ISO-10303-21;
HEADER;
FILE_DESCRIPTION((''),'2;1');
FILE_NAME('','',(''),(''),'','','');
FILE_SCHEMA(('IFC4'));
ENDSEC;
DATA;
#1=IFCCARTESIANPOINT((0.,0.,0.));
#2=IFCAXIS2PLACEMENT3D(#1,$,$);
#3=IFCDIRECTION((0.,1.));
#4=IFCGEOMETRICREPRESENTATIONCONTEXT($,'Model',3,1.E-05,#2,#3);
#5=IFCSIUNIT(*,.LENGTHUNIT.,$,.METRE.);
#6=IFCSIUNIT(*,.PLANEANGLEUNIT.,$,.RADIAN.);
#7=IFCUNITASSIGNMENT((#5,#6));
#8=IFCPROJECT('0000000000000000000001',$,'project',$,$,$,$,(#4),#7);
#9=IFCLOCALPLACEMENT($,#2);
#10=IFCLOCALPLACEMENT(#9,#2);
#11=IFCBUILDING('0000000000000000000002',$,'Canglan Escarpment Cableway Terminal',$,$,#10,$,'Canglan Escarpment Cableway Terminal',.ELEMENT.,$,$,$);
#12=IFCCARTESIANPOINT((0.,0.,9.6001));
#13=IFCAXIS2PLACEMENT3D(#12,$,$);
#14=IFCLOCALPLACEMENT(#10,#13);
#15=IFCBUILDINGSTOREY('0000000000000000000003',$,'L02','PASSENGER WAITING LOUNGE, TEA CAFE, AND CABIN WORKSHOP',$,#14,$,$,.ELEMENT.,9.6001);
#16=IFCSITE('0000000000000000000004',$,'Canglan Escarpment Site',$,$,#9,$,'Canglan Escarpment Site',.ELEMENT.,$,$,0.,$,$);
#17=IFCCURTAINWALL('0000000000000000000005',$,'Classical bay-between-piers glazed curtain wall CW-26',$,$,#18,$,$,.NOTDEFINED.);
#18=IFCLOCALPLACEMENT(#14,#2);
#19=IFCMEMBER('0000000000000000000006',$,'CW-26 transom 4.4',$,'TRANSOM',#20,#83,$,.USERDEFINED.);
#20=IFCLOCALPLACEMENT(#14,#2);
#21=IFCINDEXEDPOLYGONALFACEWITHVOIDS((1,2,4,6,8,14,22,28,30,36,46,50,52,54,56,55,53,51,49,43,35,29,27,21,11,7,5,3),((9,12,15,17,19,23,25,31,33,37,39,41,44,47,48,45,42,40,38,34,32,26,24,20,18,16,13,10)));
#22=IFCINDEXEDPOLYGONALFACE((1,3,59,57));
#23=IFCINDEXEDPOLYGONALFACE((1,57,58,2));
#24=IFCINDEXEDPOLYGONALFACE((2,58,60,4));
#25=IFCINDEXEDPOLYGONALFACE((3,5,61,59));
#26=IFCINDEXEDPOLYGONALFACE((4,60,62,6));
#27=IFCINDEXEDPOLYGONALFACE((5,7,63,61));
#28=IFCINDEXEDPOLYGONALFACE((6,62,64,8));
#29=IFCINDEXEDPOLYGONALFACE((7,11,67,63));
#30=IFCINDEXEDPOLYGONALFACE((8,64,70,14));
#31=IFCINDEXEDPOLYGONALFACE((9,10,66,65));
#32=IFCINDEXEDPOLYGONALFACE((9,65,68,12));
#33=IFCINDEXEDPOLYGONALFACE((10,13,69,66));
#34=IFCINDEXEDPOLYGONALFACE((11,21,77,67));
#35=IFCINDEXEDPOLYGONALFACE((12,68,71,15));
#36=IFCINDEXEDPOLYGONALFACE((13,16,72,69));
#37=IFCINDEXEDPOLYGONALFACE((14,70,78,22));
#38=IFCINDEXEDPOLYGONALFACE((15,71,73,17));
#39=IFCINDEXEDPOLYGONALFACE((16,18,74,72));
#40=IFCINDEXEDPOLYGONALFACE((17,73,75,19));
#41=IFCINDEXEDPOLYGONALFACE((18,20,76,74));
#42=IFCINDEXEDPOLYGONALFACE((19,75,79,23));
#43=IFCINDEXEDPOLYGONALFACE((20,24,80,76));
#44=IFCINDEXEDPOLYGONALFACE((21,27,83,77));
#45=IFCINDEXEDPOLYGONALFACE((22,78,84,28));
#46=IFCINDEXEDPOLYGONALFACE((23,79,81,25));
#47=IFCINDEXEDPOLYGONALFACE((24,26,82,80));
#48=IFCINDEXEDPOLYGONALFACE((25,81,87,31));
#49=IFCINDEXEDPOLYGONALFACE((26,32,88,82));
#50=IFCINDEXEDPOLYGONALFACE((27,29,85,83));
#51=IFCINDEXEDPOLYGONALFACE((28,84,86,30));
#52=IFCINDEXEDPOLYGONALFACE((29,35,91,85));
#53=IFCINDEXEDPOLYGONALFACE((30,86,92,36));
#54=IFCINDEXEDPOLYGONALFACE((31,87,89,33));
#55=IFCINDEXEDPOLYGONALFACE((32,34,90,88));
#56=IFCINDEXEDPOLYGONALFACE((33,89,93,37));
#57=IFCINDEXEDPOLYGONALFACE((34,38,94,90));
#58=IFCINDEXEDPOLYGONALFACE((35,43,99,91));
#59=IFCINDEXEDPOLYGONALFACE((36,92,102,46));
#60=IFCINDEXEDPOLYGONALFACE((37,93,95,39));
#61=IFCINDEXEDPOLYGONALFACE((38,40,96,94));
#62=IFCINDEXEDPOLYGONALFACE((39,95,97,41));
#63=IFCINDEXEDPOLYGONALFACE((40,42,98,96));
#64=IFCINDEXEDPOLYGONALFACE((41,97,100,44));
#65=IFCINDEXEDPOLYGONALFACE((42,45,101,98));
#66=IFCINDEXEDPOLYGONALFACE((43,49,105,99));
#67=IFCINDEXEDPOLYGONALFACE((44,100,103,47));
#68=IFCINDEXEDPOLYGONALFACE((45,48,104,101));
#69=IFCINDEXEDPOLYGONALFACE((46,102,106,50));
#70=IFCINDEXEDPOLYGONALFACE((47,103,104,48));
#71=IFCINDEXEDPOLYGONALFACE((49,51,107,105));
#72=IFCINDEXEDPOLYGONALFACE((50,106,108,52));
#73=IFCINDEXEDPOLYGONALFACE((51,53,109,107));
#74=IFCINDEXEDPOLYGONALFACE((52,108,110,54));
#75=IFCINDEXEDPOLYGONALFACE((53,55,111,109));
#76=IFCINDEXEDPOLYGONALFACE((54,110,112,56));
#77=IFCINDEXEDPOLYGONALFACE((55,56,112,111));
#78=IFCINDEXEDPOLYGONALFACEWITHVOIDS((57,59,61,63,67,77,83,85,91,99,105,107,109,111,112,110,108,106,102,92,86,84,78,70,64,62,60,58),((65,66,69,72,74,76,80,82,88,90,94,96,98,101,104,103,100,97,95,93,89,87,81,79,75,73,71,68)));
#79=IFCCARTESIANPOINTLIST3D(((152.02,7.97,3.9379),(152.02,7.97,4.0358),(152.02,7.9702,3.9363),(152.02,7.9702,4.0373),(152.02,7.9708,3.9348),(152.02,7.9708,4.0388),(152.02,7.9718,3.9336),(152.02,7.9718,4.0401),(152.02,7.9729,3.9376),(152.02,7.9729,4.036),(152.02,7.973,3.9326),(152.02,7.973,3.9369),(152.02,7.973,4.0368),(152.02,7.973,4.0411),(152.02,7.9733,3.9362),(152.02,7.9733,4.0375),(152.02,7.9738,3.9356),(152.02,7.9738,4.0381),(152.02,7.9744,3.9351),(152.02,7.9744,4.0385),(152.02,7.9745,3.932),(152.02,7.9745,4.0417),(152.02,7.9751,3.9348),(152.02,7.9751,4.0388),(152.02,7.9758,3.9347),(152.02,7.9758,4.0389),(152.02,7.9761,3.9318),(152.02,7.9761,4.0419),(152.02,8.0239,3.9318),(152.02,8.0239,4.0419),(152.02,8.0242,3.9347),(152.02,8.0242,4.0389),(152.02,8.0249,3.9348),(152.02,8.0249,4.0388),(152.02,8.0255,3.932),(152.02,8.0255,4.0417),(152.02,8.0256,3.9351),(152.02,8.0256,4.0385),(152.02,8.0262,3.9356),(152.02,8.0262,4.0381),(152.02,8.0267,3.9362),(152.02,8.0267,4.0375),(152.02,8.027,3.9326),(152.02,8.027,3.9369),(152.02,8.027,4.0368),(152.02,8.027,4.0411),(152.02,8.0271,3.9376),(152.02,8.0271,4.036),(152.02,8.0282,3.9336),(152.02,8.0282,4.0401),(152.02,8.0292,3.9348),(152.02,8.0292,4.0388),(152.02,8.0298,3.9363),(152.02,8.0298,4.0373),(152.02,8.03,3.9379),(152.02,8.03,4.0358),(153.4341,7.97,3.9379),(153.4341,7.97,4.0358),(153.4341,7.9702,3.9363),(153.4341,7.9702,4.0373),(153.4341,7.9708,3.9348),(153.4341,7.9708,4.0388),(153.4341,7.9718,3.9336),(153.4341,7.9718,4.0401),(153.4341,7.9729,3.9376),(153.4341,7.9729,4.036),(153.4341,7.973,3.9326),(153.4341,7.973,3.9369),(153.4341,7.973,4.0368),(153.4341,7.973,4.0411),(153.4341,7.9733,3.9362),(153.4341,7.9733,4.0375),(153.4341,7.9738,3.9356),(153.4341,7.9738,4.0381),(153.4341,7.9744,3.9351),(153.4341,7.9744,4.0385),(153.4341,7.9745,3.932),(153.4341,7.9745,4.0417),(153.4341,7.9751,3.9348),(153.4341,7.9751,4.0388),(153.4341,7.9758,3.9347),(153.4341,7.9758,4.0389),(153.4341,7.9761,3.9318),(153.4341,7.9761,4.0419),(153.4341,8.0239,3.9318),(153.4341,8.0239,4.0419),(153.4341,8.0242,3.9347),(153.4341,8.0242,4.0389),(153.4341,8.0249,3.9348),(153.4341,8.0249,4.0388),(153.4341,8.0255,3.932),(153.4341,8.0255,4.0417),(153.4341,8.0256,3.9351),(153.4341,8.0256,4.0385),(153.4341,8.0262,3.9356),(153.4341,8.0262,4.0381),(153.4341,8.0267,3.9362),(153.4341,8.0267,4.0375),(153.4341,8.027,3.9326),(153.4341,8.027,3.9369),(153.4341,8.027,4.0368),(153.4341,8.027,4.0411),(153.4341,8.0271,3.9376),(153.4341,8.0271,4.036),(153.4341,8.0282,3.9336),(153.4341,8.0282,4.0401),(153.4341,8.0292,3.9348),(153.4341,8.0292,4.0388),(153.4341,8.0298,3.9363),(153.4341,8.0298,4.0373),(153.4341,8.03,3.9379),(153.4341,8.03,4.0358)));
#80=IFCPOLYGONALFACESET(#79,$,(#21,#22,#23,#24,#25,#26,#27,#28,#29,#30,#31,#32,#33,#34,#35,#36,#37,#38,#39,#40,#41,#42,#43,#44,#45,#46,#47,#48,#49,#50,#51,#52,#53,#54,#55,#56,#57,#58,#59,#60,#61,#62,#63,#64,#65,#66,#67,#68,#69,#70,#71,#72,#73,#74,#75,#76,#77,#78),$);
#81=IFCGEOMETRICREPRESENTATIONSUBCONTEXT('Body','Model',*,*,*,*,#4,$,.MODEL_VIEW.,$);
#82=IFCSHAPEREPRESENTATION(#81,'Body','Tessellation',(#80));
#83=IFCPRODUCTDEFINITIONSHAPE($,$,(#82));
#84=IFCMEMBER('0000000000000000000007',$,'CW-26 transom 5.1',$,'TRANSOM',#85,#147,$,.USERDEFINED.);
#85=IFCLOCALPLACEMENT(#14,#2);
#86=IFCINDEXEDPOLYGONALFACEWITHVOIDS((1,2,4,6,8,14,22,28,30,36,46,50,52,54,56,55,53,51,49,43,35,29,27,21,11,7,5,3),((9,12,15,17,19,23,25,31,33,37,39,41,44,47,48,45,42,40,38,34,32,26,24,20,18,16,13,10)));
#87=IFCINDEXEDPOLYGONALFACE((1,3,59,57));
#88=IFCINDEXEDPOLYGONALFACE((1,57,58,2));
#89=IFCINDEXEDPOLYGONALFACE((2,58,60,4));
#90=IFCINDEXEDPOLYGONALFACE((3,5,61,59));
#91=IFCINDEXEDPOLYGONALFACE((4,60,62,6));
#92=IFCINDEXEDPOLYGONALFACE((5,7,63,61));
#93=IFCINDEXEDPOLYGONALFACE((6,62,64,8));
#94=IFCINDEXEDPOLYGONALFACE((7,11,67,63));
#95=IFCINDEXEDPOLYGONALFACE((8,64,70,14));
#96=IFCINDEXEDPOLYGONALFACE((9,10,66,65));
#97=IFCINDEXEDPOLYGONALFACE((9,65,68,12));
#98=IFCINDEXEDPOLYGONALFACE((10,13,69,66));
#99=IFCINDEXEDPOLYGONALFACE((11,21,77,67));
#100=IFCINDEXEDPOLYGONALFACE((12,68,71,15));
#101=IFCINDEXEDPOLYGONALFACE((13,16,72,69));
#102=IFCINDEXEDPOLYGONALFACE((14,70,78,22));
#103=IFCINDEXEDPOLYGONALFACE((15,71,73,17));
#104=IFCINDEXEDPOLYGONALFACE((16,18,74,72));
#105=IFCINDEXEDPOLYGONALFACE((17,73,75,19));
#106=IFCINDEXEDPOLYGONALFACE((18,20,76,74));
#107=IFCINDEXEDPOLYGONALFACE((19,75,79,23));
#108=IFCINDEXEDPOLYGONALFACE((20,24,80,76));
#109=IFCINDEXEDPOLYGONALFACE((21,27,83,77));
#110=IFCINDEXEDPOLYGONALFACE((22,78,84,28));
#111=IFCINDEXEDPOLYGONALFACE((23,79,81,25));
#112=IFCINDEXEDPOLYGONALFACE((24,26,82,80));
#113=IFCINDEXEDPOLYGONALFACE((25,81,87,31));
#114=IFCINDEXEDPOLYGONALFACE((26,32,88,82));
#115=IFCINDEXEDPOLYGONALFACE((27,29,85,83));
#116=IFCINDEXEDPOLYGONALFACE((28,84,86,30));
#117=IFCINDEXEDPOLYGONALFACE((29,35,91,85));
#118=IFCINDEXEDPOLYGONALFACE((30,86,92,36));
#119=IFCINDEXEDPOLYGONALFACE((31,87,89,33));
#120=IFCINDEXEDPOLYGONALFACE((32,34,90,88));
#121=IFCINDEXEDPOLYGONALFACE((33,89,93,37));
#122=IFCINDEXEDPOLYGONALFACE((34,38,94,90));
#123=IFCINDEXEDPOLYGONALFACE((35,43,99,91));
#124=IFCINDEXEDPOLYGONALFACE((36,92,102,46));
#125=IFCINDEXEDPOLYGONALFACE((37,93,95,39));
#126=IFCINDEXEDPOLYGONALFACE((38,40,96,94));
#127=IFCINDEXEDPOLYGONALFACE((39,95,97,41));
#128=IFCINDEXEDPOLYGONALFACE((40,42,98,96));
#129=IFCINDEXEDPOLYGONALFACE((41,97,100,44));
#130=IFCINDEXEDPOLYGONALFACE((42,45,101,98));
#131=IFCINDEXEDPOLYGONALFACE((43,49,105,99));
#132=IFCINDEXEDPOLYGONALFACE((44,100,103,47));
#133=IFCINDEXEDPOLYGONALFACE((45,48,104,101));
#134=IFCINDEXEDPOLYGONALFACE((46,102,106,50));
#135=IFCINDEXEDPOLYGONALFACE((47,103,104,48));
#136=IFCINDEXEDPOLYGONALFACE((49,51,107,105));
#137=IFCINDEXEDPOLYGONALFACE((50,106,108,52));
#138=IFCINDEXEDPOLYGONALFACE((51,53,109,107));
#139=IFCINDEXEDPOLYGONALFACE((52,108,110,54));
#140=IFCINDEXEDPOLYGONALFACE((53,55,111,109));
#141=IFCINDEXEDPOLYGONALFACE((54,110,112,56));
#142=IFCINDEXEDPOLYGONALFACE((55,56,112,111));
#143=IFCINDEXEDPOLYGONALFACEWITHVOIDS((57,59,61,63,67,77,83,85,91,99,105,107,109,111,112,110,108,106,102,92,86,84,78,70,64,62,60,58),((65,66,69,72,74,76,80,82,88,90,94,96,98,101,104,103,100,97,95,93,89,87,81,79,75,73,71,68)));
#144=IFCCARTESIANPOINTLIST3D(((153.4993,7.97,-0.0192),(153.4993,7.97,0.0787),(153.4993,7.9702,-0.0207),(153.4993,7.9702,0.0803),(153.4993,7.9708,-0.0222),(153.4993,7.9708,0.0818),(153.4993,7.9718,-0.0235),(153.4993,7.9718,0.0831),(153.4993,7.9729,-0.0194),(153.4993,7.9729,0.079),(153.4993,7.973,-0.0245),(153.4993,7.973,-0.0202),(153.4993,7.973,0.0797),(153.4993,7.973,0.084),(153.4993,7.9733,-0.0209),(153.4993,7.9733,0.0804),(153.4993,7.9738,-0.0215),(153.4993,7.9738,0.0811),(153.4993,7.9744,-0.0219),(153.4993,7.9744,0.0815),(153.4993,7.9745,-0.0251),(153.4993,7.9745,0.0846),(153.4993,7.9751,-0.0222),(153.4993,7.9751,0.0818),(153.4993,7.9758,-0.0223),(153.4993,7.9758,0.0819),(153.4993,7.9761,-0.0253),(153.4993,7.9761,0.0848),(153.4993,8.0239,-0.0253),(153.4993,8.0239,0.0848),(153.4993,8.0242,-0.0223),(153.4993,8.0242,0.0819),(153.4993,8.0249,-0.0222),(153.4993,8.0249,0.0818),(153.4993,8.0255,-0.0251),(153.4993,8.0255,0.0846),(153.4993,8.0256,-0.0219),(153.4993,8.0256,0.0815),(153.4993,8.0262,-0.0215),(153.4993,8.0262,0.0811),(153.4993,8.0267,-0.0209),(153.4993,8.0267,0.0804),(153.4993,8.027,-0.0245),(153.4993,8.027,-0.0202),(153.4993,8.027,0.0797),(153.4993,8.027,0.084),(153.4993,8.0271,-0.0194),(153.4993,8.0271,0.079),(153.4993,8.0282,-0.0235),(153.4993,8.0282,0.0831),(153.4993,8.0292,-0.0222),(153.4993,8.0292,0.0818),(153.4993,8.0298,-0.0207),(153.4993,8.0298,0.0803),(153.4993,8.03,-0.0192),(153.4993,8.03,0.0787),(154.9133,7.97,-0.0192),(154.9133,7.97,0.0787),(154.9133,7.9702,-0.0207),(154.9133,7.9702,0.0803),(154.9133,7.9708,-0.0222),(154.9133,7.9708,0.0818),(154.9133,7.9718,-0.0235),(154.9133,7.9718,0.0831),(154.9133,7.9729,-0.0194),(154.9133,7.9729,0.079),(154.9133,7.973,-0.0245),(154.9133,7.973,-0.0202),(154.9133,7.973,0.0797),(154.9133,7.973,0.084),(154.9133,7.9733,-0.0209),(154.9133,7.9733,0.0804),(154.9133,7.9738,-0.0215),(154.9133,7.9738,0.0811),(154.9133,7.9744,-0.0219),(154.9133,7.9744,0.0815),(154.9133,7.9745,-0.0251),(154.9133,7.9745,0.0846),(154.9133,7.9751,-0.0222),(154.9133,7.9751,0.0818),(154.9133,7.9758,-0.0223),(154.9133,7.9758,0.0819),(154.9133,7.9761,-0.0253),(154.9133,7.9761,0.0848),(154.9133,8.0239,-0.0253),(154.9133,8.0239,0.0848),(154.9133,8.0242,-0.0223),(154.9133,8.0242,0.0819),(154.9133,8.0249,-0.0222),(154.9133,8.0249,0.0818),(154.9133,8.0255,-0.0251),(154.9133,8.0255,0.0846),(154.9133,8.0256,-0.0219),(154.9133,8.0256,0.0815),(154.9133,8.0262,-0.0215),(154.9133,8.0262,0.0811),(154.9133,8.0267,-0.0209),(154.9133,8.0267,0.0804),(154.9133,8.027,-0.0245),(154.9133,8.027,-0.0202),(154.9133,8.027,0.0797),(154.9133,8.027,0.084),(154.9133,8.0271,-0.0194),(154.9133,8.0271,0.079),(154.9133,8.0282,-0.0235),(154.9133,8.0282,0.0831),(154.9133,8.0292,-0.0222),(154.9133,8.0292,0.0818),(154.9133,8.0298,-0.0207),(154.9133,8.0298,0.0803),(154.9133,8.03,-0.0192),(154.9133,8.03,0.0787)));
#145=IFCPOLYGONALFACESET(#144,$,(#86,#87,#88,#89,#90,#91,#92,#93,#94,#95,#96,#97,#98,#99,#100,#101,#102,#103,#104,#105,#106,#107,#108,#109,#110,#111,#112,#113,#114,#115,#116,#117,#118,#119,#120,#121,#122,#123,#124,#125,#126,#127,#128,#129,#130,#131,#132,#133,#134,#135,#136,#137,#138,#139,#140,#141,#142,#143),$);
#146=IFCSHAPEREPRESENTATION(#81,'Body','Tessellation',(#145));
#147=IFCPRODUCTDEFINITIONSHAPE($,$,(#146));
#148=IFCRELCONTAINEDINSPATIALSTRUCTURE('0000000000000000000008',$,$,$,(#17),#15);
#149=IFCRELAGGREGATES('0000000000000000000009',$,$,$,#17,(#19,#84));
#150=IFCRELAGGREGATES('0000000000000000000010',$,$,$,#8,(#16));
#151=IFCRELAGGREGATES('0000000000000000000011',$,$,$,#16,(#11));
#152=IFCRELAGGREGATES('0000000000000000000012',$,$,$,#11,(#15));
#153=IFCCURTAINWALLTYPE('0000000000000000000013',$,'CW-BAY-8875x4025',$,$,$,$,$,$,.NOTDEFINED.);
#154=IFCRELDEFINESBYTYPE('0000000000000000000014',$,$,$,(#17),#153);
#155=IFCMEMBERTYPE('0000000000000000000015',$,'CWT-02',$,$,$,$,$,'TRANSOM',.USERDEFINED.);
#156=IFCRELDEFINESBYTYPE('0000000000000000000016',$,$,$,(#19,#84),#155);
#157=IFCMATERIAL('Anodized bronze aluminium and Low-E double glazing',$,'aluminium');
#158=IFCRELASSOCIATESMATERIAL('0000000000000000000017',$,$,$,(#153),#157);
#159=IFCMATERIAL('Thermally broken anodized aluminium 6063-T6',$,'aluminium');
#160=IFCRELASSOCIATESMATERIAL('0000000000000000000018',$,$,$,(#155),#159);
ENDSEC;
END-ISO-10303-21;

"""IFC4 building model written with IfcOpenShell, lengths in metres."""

from ifc_helpers import new_model, si_unit, direction, frame, origin, origin_2d, place, context, subcontext, project, spatial, hollow_rectangle, extrude, material, material_profile, profile_set, type_object, element, aggregate, save


model = new_model("IFC4")

# Units and contexts
model_context = context("Model", 3, precision=1e-05, world=origin(), true_north=direction((0.0, 1.0)))
body_context = subcontext(model_context, "Body", "Model", "MODEL_VIEW")
ifc_project = project(units=[si_unit("LENGTHUNIT", "METRE"), si_unit("PLANEANGLEUNIT", "RADIAN")], contexts=[model_context])

# Site, building, storey
site_placement = place(None, origin())
site = spatial("IfcSite", under=ifc_project, at=site_placement, Name="Canglan Escarpment Site", LongName="Canglan Escarpment Site", CompositionType="ELEMENT", RefElevation=0.0)
building_placement = place(site_placement, origin())
building = spatial("IfcBuilding", under=site, at=building_placement, Name="Canglan Escarpment Cableway Terminal", LongName="Canglan Escarpment Cableway Terminal", CompositionType="ELEMENT")
storey_placement = place(building_placement, frame((0.0, 0.0, 9.6001)))
storey = spatial("IfcBuildingStorey", under=building, at=storey_placement, Name="L02", Description="PASSENGER WAITING LOUNGE, TEA CAFE, AND CABIN WORKSHOP", CompositionType="ELEMENT", Elevation=9.6001)

# Curtain wall, members
ifc_material_1 = material(Name="Anodized bronze aluminium and Low-E double glazing", Category="aluminium")
curtain_wall_type = type_object("IfcCurtainWallType", Name="CW-BAY-8875x4025", PredefinedType="NOTDEFINED", material=ifc_material_1)
curtain_wall_placement = place(storey_placement, origin())
curtain_wall = element("IfcCurtainWall", 1, at=curtain_wall_placement, inside=storey, type_object=curtain_wall_type, Name="Classical bay-between-piers glazed curtain wall CW-26", PredefinedType="NOTDEFINED")
ifc_material_2 = material(Name="Thermally broken anodized aluminium 6063-T6", Category="aluminium")
ifc_material_profile_1 = material_profile(ifc_material_2, hollow_rectangle(XDim=0.0601, YDim=0.1101, WallThickness=0.0029, InnerFilletRadius=0.0029, OuterFilletRadius=0.0061, at=origin_2d()), Name="ALU-TRAN 60x110x3")
ifc_profile_set_1 = profile_set([ifc_material_profile_1], Name="Thermally broken anodized aluminium 6063-T6")
member_type_1 = type_object("IfcMemberType", Name="CWT-02", ElementType="TRANSOM", PredefinedType="USERDEFINED", material=ifc_profile_set_1)
member_1_placement = place(storey_placement, frame((152.02, 8.0, 3.9868), z_axis=(1.0, 0.0, 0.0), x_axis=(0.0, 1.0, 0.0)))
member_1 = element("IfcMember", 2, at=member_1_placement, type_object=member_type_1, Name="CW-26 transom 4.4", ObjectType="TRANSOM", PredefinedType="USERDEFINED", context=body_context, shape_type="SweptSolid", body=[
    extrude(hollow_rectangle(XDim=0.0601, YDim=0.1101, WallThickness=0.0029, InnerFilletRadius=0.0029, OuterFilletRadius=0.0061, at=origin_2d()), origin(), (0.0, 0.0, 1.0), 1.4141),
])
member_2_placement = place(storey_placement, frame((153.4993, 8.0, 0.0298), z_axis=(1.0, 0.0, 0.0), x_axis=(0.0, 1.0, 0.0)))
member_2 = element("IfcMember", 3, at=member_2_placement, type_object=member_type_1, Name="CW-26 transom 5.1", ObjectType="TRANSOM", PredefinedType="USERDEFINED", context=body_context, shape_type="SweptSolid", body=[
    extrude(hollow_rectangle(XDim=0.0601, YDim=0.1101, WallThickness=0.0029, InnerFilletRadius=0.0029, OuterFilletRadius=0.0061, at=origin_2d()), origin(), (0.0, 0.0, 1.0), 1.4141),
])
aggregate(curtain_wall, [member_1, member_2])

save(model, "model.ifc")
